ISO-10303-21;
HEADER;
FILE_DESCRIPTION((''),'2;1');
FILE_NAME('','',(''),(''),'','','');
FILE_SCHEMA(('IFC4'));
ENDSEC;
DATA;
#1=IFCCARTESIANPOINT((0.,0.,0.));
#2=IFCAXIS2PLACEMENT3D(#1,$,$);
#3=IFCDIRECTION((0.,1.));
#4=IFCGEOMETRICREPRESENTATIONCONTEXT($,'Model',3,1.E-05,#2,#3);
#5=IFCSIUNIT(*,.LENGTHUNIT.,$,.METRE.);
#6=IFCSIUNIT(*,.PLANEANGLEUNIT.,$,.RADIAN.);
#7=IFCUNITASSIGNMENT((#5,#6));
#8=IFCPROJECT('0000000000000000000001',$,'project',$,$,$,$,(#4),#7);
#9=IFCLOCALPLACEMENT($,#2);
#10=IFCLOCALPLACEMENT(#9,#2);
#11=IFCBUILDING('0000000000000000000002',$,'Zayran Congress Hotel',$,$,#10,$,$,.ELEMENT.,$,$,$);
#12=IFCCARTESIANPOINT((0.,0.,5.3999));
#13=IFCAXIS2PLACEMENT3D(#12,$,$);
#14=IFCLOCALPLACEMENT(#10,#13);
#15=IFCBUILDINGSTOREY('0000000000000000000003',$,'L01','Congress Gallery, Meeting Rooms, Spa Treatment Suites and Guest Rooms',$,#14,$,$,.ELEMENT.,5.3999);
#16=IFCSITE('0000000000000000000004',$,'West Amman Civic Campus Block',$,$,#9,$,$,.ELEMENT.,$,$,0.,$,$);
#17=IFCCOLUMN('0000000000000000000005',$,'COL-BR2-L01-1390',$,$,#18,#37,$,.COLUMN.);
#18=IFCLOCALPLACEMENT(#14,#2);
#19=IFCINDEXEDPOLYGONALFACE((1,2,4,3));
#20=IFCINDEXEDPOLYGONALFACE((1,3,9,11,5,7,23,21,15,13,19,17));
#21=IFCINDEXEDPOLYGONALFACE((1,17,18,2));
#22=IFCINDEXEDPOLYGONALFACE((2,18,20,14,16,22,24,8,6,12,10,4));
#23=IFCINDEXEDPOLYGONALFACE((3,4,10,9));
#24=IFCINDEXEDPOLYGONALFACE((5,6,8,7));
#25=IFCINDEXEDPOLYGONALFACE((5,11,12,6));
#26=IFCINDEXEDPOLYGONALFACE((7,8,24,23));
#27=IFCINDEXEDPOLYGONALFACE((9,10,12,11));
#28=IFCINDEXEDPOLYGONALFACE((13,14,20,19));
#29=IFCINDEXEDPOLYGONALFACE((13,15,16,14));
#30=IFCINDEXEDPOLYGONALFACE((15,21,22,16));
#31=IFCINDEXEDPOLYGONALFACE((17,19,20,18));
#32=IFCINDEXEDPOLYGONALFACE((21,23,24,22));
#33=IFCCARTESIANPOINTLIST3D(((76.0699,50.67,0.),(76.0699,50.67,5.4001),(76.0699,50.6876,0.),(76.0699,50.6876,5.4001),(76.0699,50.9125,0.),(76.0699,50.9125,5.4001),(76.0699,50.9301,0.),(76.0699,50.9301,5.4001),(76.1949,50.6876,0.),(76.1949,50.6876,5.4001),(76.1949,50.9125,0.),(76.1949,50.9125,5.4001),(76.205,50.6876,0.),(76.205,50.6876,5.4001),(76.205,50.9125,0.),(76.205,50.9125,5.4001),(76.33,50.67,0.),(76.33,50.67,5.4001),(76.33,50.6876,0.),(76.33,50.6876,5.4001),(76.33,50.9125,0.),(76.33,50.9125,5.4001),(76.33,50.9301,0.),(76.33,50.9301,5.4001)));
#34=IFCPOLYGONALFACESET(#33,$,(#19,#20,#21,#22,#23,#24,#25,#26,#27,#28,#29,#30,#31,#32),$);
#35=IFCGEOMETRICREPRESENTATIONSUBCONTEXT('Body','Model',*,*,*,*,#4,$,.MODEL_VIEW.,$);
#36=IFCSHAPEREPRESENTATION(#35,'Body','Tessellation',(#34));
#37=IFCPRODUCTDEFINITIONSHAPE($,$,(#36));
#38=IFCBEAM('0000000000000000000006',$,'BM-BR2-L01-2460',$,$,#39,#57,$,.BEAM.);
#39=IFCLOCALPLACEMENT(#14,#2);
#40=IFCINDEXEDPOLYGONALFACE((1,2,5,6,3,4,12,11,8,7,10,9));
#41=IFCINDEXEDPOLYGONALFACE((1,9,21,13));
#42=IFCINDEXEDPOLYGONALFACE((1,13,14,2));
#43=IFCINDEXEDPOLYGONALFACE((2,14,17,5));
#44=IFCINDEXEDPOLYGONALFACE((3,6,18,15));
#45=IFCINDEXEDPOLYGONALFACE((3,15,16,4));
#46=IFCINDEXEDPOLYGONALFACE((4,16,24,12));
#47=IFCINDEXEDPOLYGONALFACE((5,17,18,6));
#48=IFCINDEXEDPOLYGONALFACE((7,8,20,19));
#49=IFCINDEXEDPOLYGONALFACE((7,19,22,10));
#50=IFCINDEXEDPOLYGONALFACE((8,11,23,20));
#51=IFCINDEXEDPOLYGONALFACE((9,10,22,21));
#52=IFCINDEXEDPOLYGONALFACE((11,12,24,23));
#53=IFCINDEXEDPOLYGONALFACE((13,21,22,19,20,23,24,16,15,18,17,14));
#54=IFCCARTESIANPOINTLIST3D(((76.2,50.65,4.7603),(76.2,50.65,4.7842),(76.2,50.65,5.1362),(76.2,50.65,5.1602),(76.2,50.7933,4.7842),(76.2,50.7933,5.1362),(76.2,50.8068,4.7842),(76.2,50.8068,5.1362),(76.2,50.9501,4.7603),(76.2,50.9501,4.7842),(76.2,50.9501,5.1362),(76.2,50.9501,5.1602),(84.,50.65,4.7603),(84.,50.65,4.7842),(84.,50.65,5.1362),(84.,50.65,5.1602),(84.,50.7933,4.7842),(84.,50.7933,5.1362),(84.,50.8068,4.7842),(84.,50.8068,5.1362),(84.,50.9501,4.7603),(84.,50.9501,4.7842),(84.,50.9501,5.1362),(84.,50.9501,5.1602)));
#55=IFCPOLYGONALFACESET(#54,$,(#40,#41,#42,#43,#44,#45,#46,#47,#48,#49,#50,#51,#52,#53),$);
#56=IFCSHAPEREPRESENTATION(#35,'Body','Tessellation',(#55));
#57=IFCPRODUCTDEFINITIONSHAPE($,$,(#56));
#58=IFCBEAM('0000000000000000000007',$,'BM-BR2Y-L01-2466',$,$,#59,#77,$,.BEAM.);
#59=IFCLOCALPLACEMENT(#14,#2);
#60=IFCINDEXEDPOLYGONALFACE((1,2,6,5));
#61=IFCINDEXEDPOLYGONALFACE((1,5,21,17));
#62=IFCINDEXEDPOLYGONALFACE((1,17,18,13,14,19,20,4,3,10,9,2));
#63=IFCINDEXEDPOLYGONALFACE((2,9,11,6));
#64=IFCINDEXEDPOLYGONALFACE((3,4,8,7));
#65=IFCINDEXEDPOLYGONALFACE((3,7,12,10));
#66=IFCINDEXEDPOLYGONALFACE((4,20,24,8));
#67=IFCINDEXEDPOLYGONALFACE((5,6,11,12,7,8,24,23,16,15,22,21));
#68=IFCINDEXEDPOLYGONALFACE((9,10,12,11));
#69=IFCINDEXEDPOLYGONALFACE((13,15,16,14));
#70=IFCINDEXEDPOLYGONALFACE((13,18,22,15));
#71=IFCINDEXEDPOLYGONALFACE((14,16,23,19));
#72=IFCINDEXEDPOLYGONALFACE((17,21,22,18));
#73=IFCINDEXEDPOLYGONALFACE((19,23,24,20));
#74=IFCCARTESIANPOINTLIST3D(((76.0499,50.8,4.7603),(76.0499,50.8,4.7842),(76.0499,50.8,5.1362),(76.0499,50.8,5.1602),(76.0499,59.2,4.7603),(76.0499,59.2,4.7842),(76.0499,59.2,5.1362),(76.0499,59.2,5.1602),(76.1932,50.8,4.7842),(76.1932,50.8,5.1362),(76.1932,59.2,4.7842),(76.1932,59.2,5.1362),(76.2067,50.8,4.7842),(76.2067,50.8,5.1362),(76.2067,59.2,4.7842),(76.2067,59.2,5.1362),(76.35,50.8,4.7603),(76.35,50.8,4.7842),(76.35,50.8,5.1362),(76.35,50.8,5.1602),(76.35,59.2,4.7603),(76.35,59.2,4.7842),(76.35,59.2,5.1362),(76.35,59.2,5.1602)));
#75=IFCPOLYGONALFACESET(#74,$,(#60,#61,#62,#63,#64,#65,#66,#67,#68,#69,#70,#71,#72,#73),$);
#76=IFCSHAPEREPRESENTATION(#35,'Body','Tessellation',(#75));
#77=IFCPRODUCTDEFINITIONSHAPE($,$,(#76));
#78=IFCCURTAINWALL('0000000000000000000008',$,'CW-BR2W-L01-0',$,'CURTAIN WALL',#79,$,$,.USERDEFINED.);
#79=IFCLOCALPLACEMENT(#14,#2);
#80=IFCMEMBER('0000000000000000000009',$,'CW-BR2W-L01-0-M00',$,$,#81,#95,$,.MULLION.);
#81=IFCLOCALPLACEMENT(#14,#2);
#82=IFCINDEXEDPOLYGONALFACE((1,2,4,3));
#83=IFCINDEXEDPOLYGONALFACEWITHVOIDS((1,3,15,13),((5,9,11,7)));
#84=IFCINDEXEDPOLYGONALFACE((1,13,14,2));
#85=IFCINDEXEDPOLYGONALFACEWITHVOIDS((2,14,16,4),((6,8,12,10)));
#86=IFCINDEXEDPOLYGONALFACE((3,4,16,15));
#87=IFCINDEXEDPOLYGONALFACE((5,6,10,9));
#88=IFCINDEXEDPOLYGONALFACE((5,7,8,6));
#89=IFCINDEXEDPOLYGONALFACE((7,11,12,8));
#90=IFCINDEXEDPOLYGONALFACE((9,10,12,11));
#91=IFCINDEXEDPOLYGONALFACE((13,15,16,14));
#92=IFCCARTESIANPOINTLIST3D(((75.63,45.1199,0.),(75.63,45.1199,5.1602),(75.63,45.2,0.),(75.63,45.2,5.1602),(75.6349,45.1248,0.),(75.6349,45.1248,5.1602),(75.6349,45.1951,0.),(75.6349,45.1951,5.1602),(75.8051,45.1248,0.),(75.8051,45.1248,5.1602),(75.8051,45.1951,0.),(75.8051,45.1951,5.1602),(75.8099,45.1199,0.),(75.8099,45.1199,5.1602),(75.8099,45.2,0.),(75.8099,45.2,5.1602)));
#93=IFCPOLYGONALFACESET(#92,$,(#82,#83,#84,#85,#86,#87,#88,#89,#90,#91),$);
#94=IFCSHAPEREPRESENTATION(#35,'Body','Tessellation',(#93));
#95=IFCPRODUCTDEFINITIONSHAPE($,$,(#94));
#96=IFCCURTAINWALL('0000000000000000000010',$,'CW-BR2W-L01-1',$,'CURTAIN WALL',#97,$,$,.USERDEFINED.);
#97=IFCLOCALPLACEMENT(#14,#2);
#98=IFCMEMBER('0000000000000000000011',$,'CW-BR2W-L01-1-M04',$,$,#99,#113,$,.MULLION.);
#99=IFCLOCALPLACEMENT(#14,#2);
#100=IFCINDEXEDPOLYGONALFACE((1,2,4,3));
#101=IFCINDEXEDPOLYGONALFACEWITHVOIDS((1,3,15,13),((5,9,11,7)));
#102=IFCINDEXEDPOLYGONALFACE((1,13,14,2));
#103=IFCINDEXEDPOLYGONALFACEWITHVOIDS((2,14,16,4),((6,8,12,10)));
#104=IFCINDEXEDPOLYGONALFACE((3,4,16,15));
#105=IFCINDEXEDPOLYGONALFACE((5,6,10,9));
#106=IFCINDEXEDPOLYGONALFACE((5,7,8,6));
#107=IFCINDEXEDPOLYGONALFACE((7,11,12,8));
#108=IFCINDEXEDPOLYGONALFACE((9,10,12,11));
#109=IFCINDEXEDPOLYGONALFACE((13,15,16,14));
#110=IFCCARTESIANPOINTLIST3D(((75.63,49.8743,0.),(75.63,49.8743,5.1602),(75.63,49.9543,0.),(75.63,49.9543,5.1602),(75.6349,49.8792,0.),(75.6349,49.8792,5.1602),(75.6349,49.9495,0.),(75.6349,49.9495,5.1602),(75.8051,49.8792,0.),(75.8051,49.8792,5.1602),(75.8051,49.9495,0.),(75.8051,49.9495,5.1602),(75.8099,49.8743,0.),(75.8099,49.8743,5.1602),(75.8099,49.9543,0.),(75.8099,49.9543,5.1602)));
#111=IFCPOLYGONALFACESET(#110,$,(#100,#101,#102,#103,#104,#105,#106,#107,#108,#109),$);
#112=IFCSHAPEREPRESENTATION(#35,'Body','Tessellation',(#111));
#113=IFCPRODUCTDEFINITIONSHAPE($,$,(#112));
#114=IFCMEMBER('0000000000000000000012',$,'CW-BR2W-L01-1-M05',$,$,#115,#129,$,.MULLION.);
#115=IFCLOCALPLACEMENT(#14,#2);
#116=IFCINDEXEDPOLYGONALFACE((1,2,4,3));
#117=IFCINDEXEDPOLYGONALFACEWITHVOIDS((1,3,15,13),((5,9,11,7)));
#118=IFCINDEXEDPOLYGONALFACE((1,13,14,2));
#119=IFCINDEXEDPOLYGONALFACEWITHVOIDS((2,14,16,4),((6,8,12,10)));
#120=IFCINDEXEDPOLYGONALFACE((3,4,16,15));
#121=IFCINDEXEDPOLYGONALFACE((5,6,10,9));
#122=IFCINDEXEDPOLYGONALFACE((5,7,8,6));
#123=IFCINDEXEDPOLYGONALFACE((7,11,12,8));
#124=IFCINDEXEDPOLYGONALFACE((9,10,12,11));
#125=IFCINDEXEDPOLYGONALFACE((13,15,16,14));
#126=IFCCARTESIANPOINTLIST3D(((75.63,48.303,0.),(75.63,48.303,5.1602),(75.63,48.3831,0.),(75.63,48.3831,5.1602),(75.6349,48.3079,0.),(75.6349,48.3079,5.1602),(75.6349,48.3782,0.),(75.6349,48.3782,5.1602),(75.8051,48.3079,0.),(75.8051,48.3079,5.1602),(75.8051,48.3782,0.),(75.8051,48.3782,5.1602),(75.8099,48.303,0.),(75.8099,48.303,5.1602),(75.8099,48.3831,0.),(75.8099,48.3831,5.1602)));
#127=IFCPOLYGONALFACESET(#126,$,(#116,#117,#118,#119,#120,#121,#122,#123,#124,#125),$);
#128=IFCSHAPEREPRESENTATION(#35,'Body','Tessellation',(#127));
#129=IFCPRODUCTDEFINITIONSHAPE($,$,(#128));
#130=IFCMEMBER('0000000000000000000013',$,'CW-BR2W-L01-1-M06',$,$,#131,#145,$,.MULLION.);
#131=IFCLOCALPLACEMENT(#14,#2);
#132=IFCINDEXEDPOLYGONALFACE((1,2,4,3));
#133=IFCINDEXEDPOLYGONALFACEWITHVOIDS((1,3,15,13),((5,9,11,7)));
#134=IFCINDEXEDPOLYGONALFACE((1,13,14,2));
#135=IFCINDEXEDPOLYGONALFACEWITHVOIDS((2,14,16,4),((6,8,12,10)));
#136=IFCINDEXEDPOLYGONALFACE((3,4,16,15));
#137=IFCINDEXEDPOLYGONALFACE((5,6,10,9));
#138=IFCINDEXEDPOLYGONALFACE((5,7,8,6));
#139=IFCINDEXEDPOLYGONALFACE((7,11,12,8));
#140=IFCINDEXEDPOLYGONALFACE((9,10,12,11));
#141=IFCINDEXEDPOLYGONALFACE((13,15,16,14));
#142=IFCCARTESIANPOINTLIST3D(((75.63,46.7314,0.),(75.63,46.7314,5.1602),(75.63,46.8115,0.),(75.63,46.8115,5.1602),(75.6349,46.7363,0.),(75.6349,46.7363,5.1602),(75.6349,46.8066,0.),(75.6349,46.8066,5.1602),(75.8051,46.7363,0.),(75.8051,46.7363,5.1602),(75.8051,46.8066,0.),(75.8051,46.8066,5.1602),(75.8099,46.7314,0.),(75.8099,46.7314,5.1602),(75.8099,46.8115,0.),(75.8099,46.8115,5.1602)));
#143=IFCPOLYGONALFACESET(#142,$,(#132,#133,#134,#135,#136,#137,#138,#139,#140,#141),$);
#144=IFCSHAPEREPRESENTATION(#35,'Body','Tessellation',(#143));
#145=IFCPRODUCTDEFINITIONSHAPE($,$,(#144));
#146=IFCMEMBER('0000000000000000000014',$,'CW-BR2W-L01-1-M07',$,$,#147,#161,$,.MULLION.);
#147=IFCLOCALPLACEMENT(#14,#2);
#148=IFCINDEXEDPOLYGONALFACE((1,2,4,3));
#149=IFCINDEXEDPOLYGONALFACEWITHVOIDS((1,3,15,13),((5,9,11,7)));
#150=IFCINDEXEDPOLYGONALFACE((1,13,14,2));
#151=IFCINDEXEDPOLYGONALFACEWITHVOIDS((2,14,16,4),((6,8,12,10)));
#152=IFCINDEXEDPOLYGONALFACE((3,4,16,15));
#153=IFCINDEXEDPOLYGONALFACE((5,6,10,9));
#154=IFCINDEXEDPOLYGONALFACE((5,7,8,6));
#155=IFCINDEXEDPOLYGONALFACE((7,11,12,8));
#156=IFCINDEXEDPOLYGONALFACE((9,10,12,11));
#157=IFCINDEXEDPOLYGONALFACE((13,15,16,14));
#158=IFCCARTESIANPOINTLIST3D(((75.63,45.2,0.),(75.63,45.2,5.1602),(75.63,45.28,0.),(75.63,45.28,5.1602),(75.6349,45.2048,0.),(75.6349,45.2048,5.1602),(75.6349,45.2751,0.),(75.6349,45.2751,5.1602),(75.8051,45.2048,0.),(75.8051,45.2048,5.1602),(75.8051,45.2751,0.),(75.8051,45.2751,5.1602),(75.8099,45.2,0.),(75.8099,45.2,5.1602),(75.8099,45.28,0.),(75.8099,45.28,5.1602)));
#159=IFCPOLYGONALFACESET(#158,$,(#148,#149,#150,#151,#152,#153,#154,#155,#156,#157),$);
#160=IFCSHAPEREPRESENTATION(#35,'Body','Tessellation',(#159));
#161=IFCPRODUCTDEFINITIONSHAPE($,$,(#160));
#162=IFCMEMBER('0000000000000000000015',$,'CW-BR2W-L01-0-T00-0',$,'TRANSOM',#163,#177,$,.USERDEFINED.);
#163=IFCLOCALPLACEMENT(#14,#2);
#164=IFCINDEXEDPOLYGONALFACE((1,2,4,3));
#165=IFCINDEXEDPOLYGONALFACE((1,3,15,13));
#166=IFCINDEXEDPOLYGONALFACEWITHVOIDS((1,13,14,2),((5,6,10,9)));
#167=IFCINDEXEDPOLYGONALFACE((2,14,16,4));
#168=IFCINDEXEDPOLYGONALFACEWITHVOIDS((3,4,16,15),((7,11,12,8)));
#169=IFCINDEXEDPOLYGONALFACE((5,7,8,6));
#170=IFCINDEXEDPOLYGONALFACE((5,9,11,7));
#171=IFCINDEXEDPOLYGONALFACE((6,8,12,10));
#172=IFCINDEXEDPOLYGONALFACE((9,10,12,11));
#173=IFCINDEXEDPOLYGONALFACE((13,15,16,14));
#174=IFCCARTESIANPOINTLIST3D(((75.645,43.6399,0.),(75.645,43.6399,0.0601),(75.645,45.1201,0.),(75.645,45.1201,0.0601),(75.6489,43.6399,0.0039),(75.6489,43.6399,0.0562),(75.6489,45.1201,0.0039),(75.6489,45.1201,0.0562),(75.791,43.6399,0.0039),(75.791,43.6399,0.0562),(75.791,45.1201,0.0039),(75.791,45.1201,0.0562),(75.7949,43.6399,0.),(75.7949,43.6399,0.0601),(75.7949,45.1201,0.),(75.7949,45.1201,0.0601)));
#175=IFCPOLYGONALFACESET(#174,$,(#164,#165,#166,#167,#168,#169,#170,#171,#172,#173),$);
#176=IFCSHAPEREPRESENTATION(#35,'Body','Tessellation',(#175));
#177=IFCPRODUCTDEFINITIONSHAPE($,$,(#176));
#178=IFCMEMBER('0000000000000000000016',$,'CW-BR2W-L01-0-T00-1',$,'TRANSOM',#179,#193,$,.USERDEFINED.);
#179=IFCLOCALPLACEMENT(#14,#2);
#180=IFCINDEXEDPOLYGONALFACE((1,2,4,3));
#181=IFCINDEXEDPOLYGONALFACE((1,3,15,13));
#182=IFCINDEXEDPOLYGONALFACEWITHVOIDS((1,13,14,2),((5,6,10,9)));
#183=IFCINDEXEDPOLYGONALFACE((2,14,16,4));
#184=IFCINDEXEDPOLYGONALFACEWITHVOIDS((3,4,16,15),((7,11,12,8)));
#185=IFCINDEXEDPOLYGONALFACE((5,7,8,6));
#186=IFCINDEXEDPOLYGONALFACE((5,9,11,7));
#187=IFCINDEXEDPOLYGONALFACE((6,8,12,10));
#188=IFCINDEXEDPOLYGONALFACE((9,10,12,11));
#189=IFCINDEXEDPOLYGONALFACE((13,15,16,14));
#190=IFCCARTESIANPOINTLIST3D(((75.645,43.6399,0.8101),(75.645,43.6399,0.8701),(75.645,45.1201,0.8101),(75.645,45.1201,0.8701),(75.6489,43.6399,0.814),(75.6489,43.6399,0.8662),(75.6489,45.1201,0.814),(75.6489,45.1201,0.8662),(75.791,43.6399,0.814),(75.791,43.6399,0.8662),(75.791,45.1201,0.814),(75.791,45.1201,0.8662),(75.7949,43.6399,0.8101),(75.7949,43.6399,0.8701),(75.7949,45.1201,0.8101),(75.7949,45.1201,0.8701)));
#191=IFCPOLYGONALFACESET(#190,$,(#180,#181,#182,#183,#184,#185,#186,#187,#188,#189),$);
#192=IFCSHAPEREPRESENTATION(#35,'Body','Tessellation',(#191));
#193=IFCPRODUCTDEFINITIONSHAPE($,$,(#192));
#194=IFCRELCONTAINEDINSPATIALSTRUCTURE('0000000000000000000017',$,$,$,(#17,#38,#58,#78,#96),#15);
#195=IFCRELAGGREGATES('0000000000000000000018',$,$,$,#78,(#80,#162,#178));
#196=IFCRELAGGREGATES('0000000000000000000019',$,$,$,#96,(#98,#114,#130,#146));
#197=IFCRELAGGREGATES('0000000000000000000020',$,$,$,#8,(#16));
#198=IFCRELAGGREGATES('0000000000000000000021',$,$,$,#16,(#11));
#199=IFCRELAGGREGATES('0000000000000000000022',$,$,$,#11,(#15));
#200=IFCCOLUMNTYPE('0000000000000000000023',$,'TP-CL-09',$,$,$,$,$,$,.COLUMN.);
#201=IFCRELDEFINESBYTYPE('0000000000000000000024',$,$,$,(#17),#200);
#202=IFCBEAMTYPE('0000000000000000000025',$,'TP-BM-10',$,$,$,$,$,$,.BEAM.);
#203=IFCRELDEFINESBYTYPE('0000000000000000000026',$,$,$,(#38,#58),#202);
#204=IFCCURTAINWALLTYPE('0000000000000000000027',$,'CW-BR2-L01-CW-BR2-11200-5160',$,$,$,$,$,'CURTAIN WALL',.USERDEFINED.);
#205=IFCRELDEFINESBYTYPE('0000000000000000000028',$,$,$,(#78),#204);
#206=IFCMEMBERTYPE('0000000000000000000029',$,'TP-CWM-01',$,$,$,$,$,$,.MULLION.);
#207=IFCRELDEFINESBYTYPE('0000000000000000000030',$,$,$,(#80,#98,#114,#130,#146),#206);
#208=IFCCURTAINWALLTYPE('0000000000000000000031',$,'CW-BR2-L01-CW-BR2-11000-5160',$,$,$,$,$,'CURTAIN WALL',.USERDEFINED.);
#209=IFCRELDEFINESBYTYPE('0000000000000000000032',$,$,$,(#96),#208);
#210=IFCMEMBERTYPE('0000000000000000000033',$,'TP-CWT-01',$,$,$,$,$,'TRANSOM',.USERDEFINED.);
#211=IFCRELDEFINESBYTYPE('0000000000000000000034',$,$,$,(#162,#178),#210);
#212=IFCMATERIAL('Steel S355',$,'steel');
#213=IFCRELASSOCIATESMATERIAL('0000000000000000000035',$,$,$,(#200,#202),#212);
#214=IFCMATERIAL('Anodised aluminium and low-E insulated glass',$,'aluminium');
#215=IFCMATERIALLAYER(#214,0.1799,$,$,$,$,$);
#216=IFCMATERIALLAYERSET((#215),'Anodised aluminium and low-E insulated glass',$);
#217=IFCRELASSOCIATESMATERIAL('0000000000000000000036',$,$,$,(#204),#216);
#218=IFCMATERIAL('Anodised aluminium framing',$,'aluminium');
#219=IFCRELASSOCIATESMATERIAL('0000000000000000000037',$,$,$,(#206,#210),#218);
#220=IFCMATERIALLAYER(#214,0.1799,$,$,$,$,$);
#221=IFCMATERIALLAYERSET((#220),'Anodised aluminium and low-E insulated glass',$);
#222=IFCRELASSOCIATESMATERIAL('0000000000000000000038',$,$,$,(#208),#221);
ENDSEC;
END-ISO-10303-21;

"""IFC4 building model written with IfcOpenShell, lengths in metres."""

from ifc_helpers import new_model, si_unit, direction, frame, origin, origin_2d, place, context, subcontext, project, spatial, hollow_rectangle, i_section, extrude, material, layer, layer_set, material_profile, profile_set, type_object, element, aggregate, save


model = new_model("IFC4")

# Units and contexts
model_context = context("Model", 3, precision=1e-05, world=origin(), true_north=direction((0.0, 1.0)))
body_context = subcontext(model_context, "Body", "Model", "MODEL_VIEW")
ifc_project = project(units=[si_unit("LENGTHUNIT", "METRE"), si_unit("PLANEANGLEUNIT", "RADIAN")], contexts=[model_context])

# Site, building, storey
site_placement = place(None, origin())
site = spatial("IfcSite", under=ifc_project, at=site_placement, Name="West Amman Civic Campus Block", CompositionType="ELEMENT", RefElevation=0.0)
building_placement = place(site_placement, origin())
building = spatial("IfcBuilding", under=site, at=building_placement, Name="Zayran Congress Hotel", CompositionType="ELEMENT")
storey_placement = place(building_placement, frame((0.0, 0.0, 5.3999)))
storey = spatial("IfcBuildingStorey", under=building, at=storey_placement, Name="L01", Description="Congress Gallery, Meeting Rooms, Spa Treatment Suites and Guest Rooms", CompositionType="ELEMENT", Elevation=5.3999)

# Column
ifc_material_1 = material(Name="Steel S355", Category="steel")
ifc_material_profile_1 = material_profile(ifc_material_1, i_section(OverallWidth=0.26, OverallDepth=0.26, WebThickness=0.01, FlangeThickness=0.0176, at=origin_2d()), Name="HEB 260")
ifc_profile_set_1 = profile_set([ifc_material_profile_1], Name="Steel S355")
column_type = type_object("IfcColumnType", Name="TP-CL-09", PredefinedType="COLUMN", material=ifc_profile_set_1)
column_placement = place(storey_placement, frame((76.2, 50.8, 0.0), z_axis=(0.0, 0.0, 1.0), x_axis=(1.0, 0.0, 0.0)))
element("IfcColumn", 1, at=column_placement, inside=storey, type_object=column_type, Name="COL-BR2-L01-1390", PredefinedType="COLUMN", context=body_context, shape_type="SweptSolid", body=[
    extrude(i_section(OverallWidth=0.26, OverallDepth=0.26, WebThickness=0.01, FlangeThickness=0.0176, at=origin_2d()), origin(), (0.0, 0.0, 1.0), 5.4001),
])

# Beams
ifc_material_profile_2 = material_profile(ifc_material_1, i_section(OverallWidth=0.3, OverallDepth=0.3999, WebThickness=0.0134, FlangeThickness=0.0239, at=origin_2d()), Name="HEB 400")
ifc_profile_set_2 = profile_set([ifc_material_profile_2], Name="Steel S355")
beam_type = type_object("IfcBeamType", Name="TP-BM-10", PredefinedType="BEAM", material=ifc_profile_set_2)
beam_1_placement = place(storey_placement, frame((76.2, 50.8, 4.9602), z_axis=(1.0, 0.0, 0.0), x_axis=(0.0, 1.0, 0.0)))
element("IfcBeam", 2, at=beam_1_placement, inside=storey, type_object=beam_type, Name="BM-BR2-L01-2460", PredefinedType="BEAM", context=body_context, shape_type="SweptSolid", body=[
    extrude(i_section(OverallWidth=0.3, OverallDepth=0.3999, WebThickness=0.0134, FlangeThickness=0.0239, at=origin_2d()), origin(), (0.0, 0.0, 1.0), 7.8),
])
beam_2_placement = place(storey_placement, frame((76.2, 50.8, 4.9602), z_axis=(0.0, 1.0, 0.0), x_axis=(-1.0, 0.0, 0.0)))
element("IfcBeam", 3, at=beam_2_placement, inside=storey, type_object=beam_type, Name="BM-BR2Y-L01-2466", PredefinedType="BEAM", context=body_context, shape_type="SweptSolid", body=[
    extrude(i_section(OverallWidth=0.3, OverallDepth=0.3999, WebThickness=0.0134, FlangeThickness=0.0239, at=origin_2d()), origin(), (0.0, 0.0, 1.0), 8.3999),
])

# Curtain wall, member
ifc_material_2 = material(Name="Anodised aluminium and low-E insulated glass", Category="aluminium")
ifc_layer_1 = layer(ifc_material_2, 0.1799)
ifc_layer_set_1 = layer_set([ifc_layer_1], Name="Anodised aluminium and low-E insulated glass")
curtain_wall_type_1 = type_object("IfcCurtainWallType", Name="CW-BR2-L01-CW-BR2-11200-5160", ElementType="CURTAIN WALL", PredefinedType="USERDEFINED", material=ifc_layer_set_1)
curtain_wall_1_placement = place(storey_placement, origin())
curtain_wall_1 = element("IfcCurtainWall", 4, at=curtain_wall_1_placement, inside=storey, type_object=curtain_wall_type_1, Name="CW-BR2W-L01-0", ObjectType="CURTAIN WALL", PredefinedType="USERDEFINED")
ifc_material_3 = material(Name="Anodised aluminium framing", Category="aluminium")
ifc_material_profile_3 = material_profile(ifc_material_3, hollow_rectangle(XDim=0.0801, YDim=0.1799, WallThickness=0.0049, at=origin_2d()), Name="RHS 180x80x5")
ifc_profile_set_3 = profile_set([ifc_material_profile_3], Name="Anodised aluminium framing")
member_type_1 = type_object("IfcMemberType", Name="TP-CWM-01", PredefinedType="MULLION", material=ifc_profile_set_3)
member_1_placement = place(storey_placement, frame((75.72, 45.1599, 0.0), z_axis=(0.0, 0.0, 1.0), x_axis=(0.0, 1.0, 0.0)))
member_1 = element("IfcMember", 5, at=member_1_placement, type_object=member_type_1, Name="CW-BR2W-L01-0-M00", PredefinedType="MULLION", context=body_context, shape_type="SweptSolid", body=[
    extrude(hollow_rectangle(XDim=0.0801, YDim=0.1799, WallThickness=0.0049, at=origin_2d()), origin(), (0.0, 0.0, 1.0), 5.1602),
])

# Curtain wall, members
ifc_layer_2 = layer(ifc_material_2, 0.1799)
ifc_layer_set_2 = layer_set([ifc_layer_2], Name="Anodised aluminium and low-E insulated glass")
curtain_wall_type_2 = type_object("IfcCurtainWallType", Name="CW-BR2-L01-CW-BR2-11000-5160", ElementType="CURTAIN WALL", PredefinedType="USERDEFINED", material=ifc_layer_set_2)
curtain_wall_2_placement = place(storey_placement, origin())
curtain_wall_2 = element("IfcCurtainWall", 6, at=curtain_wall_2_placement, inside=storey, type_object=curtain_wall_type_2, Name="CW-BR2W-L01-1", ObjectType="CURTAIN WALL", PredefinedType="USERDEFINED")
member_2_placement = place(storey_placement, frame((75.72, 49.9143, 0.0), z_axis=(0.0, 0.0, 1.0), x_axis=(0.0, 1.0, 0.0)))
member_2 = element("IfcMember", 7, at=member_2_placement, type_object=member_type_1, Name="CW-BR2W-L01-1-M04", PredefinedType="MULLION", context=body_context, shape_type="SweptSolid", body=[
    extrude(hollow_rectangle(XDim=0.0801, YDim=0.1799, WallThickness=0.0049, at=origin_2d()), origin(), (0.0, 0.0, 1.0), 5.1602),
])
member_3_placement = place(storey_placement, frame((75.72, 48.343, 0.0), z_axis=(0.0, 0.0, 1.0), x_axis=(0.0, 1.0, 0.0)))
member_3 = element("IfcMember", 8, at=member_3_placement, type_object=member_type_1, Name="CW-BR2W-L01-1-M05", PredefinedType="MULLION", context=body_context, shape_type="SweptSolid", body=[
    extrude(hollow_rectangle(XDim=0.0801, YDim=0.1799, WallThickness=0.0049, at=origin_2d()), origin(), (0.0, 0.0, 1.0), 5.1602),
])
member_4_placement = place(storey_placement, frame((75.72, 46.7715, 0.0), z_axis=(0.0, 0.0, 1.0), x_axis=(0.0, 1.0, 0.0)))
member_4 = element("IfcMember", 9, at=member_4_placement, type_object=member_type_1, Name="CW-BR2W-L01-1-M06", PredefinedType="MULLION", context=body_context, shape_type="SweptSolid", body=[
    extrude(hollow_rectangle(XDim=0.0801, YDim=0.1799, WallThickness=0.0049, at=origin_2d()), origin(), (0.0, 0.0, 1.0), 5.1602),
])
member_5_placement = place(storey_placement, frame((75.72, 45.24, 0.0), z_axis=(0.0, 0.0, 1.0), x_axis=(0.0, 1.0, 0.0)))
member_5 = element("IfcMember", 10, at=member_5_placement, type_object=member_type_1, Name="CW-BR2W-L01-1-M07", PredefinedType="MULLION", context=body_context, shape_type="SweptSolid", body=[
    extrude(hollow_rectangle(XDim=0.0801, YDim=0.1799, WallThickness=0.0049, at=origin_2d()), origin(), (0.0, 0.0, 1.0), 5.1602),
])

# Members
ifc_material_profile_4 = material_profile(ifc_material_3, hollow_rectangle(XDim=0.0601, YDim=0.1499, WallThickness=0.0039, at=origin_2d()), Name="RHS 150x60x4")
ifc_profile_set_4 = profile_set([ifc_material_profile_4], Name="Anodised aluminium framing")
member_type_2 = type_object("IfcMemberType", Name="TP-CWT-01", ElementType="TRANSOM", PredefinedType="USERDEFINED", material=ifc_profile_set_4)
member_6_placement = place(storey_placement, frame((75.72, 45.1201, 0.03), z_axis=(0.0, -1.0, 0.0), x_axis=(0.0, 0.0, 1.0)))
member_6 = element("IfcMember", 11, at=member_6_placement, type_object=member_type_2, Name="CW-BR2W-L01-0-T00-0", ObjectType="TRANSOM", PredefinedType="USERDEFINED", context=body_context, shape_type="SweptSolid", body=[
    extrude(hollow_rectangle(XDim=0.0601, YDim=0.1499, WallThickness=0.0039, at=origin_2d()), origin(), (0.0, 0.0, 1.0), 1.4802),
])
member_7_placement = place(storey_placement, frame((75.72, 45.1201, 0.8401), z_axis=(0.0, -1.0, 0.0), x_axis=(0.0, 0.0, 1.0)))
member_7 = element("IfcMember", 12, at=member_7_placement, type_object=member_type_2, Name="CW-BR2W-L01-0-T00-1", ObjectType="TRANSOM", PredefinedType="USERDEFINED", context=body_context, shape_type="SweptSolid", body=[
    extrude(hollow_rectangle(XDim=0.0601, YDim=0.1499, WallThickness=0.0039, at=origin_2d()), origin(), (0.0, 0.0, 1.0), 1.4802),
])

aggregate(curtain_wall_1, [member_1, member_6, member_7])
aggregate(curtain_wall_2, [member_2, member_3, member_4, member_5])

save(model, "model.ifc")
